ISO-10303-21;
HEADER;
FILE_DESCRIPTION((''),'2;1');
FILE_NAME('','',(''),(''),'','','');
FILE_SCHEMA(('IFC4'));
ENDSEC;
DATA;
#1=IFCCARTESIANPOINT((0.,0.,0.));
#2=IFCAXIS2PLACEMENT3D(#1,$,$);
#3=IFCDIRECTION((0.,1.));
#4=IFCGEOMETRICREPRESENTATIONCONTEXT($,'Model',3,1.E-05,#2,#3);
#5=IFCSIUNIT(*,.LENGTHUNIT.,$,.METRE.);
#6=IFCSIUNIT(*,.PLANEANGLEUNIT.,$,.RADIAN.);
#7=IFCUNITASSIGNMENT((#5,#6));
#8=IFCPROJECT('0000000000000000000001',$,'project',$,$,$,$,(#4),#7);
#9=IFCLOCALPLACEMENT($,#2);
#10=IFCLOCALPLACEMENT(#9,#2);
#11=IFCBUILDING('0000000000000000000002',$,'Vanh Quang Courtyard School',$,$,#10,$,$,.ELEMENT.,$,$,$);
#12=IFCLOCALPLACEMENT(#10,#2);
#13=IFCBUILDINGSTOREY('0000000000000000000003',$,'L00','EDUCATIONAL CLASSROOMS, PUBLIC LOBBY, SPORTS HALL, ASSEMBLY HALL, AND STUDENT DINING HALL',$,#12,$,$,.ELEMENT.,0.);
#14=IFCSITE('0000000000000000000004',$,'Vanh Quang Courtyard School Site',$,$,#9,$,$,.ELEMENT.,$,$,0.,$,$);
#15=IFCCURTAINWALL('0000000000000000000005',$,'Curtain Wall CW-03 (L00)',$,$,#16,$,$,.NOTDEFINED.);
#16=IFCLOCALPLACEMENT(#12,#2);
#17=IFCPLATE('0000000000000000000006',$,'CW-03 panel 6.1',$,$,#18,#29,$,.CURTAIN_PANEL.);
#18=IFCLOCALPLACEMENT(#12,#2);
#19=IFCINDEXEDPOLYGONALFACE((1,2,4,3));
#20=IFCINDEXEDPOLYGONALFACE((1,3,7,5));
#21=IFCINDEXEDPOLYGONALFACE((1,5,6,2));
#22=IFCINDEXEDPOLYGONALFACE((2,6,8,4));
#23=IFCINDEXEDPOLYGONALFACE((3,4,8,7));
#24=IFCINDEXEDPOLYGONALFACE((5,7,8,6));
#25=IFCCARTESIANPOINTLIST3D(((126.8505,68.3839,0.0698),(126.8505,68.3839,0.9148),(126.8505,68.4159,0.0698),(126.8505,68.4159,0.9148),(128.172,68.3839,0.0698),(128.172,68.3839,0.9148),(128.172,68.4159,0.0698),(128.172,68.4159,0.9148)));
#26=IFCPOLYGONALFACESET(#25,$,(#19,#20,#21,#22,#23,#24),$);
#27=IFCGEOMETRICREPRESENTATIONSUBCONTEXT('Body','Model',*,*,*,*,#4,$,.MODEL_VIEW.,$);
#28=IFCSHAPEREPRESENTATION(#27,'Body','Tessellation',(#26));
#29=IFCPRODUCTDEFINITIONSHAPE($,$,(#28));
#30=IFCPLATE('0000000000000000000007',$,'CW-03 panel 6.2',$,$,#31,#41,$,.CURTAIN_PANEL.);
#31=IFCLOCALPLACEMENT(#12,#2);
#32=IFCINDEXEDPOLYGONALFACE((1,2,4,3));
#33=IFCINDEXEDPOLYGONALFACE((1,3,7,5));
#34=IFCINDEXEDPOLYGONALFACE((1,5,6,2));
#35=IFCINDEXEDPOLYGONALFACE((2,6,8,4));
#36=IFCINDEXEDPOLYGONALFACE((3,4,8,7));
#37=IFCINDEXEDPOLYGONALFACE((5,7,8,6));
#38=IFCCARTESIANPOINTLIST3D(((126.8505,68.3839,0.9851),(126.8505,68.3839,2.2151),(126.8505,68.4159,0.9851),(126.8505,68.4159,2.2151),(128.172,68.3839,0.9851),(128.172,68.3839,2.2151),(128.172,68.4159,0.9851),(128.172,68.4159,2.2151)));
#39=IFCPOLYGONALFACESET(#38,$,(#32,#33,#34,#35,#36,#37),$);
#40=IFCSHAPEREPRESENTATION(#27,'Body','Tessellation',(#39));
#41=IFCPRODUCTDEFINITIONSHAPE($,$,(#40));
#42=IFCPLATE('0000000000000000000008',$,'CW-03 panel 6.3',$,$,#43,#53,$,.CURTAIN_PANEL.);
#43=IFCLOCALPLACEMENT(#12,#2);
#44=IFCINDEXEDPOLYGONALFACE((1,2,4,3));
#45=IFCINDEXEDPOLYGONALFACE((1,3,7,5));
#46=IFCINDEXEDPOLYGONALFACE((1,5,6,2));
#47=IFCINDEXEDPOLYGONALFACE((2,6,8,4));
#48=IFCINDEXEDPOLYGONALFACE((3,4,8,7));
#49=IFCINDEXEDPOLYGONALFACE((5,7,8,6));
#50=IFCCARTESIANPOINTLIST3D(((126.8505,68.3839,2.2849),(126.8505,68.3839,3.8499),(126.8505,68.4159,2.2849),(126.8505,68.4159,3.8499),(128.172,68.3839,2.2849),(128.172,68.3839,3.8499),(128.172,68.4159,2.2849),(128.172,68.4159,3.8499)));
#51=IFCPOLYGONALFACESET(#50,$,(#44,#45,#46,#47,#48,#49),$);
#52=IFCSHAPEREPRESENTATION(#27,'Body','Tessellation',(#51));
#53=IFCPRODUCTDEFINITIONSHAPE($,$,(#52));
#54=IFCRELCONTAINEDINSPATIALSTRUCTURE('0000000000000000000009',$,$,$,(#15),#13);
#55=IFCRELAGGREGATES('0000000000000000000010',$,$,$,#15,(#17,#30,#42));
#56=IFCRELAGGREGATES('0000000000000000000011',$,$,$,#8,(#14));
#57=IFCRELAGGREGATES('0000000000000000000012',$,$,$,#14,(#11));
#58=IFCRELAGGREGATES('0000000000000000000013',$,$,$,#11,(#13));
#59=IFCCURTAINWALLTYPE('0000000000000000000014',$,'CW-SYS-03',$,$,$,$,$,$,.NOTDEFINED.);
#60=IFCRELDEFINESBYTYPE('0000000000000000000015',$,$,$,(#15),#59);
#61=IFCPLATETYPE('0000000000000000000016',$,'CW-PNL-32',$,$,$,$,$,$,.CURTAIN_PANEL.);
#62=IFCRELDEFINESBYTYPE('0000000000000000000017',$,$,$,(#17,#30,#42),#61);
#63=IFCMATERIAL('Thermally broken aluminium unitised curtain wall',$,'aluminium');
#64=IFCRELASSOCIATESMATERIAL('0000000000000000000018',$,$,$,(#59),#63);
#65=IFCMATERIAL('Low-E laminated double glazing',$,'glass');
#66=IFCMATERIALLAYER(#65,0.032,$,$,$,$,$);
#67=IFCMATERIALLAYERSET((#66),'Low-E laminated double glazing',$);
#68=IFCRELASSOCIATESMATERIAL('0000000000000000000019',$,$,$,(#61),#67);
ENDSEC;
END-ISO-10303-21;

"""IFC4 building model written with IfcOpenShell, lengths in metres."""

from ifc_helpers import new_model, si_unit, direction, frame, origin, origin_2d, place, context, subcontext, project, spatial, rectangle, extrude, material, layer, layer_set, type_object, element, aggregate, save


model = new_model("IFC4")

# Units and contexts
model_context = context("Model", 3, precision=1e-05, world=origin(), true_north=direction((0.0, 1.0)))
body_context = subcontext(model_context, "Body", "Model", "MODEL_VIEW")
ifc_project = project(units=[si_unit("LENGTHUNIT", "METRE"), si_unit("PLANEANGLEUNIT", "RADIAN")], contexts=[model_context])

# Site, building, storey
site_placement = place(None, origin())
site = spatial("IfcSite", under=ifc_project, at=site_placement, Name="Vanh Quang Courtyard School Site", CompositionType="ELEMENT", RefElevation=0.0)
building_placement = place(site_placement, origin())
building = spatial("IfcBuilding", under=site, at=building_placement, Name="Vanh Quang Courtyard School", CompositionType="ELEMENT")
storey_placement = place(building_placement, origin())
storey = spatial("IfcBuildingStorey", under=building, at=storey_placement, Name="L00", Description="EDUCATIONAL CLASSROOMS, PUBLIC LOBBY, SPORTS HALL, ASSEMBLY HALL, AND STUDENT DINING HALL", CompositionType="ELEMENT", Elevation=0.0)

# Curtain wall
ifc_material_1 = material(Name="Thermally broken aluminium unitised curtain wall", Category="aluminium")
curtain_wall_type_1 = type_object("IfcCurtainWallType", Name="CW-SYS-03", PredefinedType="NOTDEFINED", material=ifc_material_1)
curtain_wall_1_placement = place(storey_placement, origin())
curtain_wall_1 = element("IfcCurtainWall", 1, at=curtain_wall_1_placement, inside=storey, type_object=curtain_wall_type_1, Name="Curtain Wall CW-03 (L00)", PredefinedType="NOTDEFINED")

# Plates
ifc_material_2 = material(Name="Low-E laminated double glazing", Category="glass")
ifc_layer_1 = layer(ifc_material_2, 0.032)
ifc_layer_set_1 = layer_set([ifc_layer_1], Name="Low-E laminated double glazing")
plate_type_1 = type_object("IfcPlateType", Name="CW-PNL-32", PredefinedType="CURTAIN_PANEL", material=ifc_layer_set_1)
plate_1_placement = place(storey_placement, frame((127.5112, 68.3999, 0.0698), z_axis=(0.0, 0.0, 1.0), x_axis=(1.0, 0.0, 0.0)))
plate_1 = element("IfcPlate", 2, at=plate_1_placement, type_object=plate_type_1, Name="CW-03 panel 6.1", PredefinedType="CURTAIN_PANEL", context=body_context, shape_type="SweptSolid", body=[
    extrude(rectangle(XDim=1.3215, YDim=0.032, at=origin_2d()), origin(), (0.0, 0.0, 1.0), 0.845),
])
plate_2_placement = place(storey_placement, frame((127.5112, 68.3999, 0.9851), z_axis=(0.0, 0.0, 1.0), x_axis=(1.0, 0.0, 0.0)))
plate_2 = element("IfcPlate", 3, at=plate_2_placement, type_object=plate_type_1, Name="CW-03 panel 6.2", PredefinedType="CURTAIN_PANEL", context=body_context, shape_type="SweptSolid", body=[
    extrude(rectangle(XDim=1.3215, YDim=0.032, at=origin_2d()), origin(), (0.0, 0.0, 1.0), 1.23),
])
plate_3_placement = place(storey_placement, frame((127.5112, 68.3999, 2.2849), z_axis=(0.0, 0.0, 1.0), x_axis=(1.0, 0.0, 0.0)))
plate_3 = element("IfcPlate", 4, at=plate_3_placement, type_object=plate_type_1, Name="CW-03 panel 6.3", PredefinedType="CURTAIN_PANEL", context=body_context, shape_type="SweptSolid", body=[
    extrude(rectangle(XDim=1.3215, YDim=0.032, at=origin_2d()), origin(), (0.0, 0.0, 1.0), 1.5649),
])
aggregate(curtain_wall_1, [plate_1, plate_2, plate_3])

save(model, "model.ifc")
